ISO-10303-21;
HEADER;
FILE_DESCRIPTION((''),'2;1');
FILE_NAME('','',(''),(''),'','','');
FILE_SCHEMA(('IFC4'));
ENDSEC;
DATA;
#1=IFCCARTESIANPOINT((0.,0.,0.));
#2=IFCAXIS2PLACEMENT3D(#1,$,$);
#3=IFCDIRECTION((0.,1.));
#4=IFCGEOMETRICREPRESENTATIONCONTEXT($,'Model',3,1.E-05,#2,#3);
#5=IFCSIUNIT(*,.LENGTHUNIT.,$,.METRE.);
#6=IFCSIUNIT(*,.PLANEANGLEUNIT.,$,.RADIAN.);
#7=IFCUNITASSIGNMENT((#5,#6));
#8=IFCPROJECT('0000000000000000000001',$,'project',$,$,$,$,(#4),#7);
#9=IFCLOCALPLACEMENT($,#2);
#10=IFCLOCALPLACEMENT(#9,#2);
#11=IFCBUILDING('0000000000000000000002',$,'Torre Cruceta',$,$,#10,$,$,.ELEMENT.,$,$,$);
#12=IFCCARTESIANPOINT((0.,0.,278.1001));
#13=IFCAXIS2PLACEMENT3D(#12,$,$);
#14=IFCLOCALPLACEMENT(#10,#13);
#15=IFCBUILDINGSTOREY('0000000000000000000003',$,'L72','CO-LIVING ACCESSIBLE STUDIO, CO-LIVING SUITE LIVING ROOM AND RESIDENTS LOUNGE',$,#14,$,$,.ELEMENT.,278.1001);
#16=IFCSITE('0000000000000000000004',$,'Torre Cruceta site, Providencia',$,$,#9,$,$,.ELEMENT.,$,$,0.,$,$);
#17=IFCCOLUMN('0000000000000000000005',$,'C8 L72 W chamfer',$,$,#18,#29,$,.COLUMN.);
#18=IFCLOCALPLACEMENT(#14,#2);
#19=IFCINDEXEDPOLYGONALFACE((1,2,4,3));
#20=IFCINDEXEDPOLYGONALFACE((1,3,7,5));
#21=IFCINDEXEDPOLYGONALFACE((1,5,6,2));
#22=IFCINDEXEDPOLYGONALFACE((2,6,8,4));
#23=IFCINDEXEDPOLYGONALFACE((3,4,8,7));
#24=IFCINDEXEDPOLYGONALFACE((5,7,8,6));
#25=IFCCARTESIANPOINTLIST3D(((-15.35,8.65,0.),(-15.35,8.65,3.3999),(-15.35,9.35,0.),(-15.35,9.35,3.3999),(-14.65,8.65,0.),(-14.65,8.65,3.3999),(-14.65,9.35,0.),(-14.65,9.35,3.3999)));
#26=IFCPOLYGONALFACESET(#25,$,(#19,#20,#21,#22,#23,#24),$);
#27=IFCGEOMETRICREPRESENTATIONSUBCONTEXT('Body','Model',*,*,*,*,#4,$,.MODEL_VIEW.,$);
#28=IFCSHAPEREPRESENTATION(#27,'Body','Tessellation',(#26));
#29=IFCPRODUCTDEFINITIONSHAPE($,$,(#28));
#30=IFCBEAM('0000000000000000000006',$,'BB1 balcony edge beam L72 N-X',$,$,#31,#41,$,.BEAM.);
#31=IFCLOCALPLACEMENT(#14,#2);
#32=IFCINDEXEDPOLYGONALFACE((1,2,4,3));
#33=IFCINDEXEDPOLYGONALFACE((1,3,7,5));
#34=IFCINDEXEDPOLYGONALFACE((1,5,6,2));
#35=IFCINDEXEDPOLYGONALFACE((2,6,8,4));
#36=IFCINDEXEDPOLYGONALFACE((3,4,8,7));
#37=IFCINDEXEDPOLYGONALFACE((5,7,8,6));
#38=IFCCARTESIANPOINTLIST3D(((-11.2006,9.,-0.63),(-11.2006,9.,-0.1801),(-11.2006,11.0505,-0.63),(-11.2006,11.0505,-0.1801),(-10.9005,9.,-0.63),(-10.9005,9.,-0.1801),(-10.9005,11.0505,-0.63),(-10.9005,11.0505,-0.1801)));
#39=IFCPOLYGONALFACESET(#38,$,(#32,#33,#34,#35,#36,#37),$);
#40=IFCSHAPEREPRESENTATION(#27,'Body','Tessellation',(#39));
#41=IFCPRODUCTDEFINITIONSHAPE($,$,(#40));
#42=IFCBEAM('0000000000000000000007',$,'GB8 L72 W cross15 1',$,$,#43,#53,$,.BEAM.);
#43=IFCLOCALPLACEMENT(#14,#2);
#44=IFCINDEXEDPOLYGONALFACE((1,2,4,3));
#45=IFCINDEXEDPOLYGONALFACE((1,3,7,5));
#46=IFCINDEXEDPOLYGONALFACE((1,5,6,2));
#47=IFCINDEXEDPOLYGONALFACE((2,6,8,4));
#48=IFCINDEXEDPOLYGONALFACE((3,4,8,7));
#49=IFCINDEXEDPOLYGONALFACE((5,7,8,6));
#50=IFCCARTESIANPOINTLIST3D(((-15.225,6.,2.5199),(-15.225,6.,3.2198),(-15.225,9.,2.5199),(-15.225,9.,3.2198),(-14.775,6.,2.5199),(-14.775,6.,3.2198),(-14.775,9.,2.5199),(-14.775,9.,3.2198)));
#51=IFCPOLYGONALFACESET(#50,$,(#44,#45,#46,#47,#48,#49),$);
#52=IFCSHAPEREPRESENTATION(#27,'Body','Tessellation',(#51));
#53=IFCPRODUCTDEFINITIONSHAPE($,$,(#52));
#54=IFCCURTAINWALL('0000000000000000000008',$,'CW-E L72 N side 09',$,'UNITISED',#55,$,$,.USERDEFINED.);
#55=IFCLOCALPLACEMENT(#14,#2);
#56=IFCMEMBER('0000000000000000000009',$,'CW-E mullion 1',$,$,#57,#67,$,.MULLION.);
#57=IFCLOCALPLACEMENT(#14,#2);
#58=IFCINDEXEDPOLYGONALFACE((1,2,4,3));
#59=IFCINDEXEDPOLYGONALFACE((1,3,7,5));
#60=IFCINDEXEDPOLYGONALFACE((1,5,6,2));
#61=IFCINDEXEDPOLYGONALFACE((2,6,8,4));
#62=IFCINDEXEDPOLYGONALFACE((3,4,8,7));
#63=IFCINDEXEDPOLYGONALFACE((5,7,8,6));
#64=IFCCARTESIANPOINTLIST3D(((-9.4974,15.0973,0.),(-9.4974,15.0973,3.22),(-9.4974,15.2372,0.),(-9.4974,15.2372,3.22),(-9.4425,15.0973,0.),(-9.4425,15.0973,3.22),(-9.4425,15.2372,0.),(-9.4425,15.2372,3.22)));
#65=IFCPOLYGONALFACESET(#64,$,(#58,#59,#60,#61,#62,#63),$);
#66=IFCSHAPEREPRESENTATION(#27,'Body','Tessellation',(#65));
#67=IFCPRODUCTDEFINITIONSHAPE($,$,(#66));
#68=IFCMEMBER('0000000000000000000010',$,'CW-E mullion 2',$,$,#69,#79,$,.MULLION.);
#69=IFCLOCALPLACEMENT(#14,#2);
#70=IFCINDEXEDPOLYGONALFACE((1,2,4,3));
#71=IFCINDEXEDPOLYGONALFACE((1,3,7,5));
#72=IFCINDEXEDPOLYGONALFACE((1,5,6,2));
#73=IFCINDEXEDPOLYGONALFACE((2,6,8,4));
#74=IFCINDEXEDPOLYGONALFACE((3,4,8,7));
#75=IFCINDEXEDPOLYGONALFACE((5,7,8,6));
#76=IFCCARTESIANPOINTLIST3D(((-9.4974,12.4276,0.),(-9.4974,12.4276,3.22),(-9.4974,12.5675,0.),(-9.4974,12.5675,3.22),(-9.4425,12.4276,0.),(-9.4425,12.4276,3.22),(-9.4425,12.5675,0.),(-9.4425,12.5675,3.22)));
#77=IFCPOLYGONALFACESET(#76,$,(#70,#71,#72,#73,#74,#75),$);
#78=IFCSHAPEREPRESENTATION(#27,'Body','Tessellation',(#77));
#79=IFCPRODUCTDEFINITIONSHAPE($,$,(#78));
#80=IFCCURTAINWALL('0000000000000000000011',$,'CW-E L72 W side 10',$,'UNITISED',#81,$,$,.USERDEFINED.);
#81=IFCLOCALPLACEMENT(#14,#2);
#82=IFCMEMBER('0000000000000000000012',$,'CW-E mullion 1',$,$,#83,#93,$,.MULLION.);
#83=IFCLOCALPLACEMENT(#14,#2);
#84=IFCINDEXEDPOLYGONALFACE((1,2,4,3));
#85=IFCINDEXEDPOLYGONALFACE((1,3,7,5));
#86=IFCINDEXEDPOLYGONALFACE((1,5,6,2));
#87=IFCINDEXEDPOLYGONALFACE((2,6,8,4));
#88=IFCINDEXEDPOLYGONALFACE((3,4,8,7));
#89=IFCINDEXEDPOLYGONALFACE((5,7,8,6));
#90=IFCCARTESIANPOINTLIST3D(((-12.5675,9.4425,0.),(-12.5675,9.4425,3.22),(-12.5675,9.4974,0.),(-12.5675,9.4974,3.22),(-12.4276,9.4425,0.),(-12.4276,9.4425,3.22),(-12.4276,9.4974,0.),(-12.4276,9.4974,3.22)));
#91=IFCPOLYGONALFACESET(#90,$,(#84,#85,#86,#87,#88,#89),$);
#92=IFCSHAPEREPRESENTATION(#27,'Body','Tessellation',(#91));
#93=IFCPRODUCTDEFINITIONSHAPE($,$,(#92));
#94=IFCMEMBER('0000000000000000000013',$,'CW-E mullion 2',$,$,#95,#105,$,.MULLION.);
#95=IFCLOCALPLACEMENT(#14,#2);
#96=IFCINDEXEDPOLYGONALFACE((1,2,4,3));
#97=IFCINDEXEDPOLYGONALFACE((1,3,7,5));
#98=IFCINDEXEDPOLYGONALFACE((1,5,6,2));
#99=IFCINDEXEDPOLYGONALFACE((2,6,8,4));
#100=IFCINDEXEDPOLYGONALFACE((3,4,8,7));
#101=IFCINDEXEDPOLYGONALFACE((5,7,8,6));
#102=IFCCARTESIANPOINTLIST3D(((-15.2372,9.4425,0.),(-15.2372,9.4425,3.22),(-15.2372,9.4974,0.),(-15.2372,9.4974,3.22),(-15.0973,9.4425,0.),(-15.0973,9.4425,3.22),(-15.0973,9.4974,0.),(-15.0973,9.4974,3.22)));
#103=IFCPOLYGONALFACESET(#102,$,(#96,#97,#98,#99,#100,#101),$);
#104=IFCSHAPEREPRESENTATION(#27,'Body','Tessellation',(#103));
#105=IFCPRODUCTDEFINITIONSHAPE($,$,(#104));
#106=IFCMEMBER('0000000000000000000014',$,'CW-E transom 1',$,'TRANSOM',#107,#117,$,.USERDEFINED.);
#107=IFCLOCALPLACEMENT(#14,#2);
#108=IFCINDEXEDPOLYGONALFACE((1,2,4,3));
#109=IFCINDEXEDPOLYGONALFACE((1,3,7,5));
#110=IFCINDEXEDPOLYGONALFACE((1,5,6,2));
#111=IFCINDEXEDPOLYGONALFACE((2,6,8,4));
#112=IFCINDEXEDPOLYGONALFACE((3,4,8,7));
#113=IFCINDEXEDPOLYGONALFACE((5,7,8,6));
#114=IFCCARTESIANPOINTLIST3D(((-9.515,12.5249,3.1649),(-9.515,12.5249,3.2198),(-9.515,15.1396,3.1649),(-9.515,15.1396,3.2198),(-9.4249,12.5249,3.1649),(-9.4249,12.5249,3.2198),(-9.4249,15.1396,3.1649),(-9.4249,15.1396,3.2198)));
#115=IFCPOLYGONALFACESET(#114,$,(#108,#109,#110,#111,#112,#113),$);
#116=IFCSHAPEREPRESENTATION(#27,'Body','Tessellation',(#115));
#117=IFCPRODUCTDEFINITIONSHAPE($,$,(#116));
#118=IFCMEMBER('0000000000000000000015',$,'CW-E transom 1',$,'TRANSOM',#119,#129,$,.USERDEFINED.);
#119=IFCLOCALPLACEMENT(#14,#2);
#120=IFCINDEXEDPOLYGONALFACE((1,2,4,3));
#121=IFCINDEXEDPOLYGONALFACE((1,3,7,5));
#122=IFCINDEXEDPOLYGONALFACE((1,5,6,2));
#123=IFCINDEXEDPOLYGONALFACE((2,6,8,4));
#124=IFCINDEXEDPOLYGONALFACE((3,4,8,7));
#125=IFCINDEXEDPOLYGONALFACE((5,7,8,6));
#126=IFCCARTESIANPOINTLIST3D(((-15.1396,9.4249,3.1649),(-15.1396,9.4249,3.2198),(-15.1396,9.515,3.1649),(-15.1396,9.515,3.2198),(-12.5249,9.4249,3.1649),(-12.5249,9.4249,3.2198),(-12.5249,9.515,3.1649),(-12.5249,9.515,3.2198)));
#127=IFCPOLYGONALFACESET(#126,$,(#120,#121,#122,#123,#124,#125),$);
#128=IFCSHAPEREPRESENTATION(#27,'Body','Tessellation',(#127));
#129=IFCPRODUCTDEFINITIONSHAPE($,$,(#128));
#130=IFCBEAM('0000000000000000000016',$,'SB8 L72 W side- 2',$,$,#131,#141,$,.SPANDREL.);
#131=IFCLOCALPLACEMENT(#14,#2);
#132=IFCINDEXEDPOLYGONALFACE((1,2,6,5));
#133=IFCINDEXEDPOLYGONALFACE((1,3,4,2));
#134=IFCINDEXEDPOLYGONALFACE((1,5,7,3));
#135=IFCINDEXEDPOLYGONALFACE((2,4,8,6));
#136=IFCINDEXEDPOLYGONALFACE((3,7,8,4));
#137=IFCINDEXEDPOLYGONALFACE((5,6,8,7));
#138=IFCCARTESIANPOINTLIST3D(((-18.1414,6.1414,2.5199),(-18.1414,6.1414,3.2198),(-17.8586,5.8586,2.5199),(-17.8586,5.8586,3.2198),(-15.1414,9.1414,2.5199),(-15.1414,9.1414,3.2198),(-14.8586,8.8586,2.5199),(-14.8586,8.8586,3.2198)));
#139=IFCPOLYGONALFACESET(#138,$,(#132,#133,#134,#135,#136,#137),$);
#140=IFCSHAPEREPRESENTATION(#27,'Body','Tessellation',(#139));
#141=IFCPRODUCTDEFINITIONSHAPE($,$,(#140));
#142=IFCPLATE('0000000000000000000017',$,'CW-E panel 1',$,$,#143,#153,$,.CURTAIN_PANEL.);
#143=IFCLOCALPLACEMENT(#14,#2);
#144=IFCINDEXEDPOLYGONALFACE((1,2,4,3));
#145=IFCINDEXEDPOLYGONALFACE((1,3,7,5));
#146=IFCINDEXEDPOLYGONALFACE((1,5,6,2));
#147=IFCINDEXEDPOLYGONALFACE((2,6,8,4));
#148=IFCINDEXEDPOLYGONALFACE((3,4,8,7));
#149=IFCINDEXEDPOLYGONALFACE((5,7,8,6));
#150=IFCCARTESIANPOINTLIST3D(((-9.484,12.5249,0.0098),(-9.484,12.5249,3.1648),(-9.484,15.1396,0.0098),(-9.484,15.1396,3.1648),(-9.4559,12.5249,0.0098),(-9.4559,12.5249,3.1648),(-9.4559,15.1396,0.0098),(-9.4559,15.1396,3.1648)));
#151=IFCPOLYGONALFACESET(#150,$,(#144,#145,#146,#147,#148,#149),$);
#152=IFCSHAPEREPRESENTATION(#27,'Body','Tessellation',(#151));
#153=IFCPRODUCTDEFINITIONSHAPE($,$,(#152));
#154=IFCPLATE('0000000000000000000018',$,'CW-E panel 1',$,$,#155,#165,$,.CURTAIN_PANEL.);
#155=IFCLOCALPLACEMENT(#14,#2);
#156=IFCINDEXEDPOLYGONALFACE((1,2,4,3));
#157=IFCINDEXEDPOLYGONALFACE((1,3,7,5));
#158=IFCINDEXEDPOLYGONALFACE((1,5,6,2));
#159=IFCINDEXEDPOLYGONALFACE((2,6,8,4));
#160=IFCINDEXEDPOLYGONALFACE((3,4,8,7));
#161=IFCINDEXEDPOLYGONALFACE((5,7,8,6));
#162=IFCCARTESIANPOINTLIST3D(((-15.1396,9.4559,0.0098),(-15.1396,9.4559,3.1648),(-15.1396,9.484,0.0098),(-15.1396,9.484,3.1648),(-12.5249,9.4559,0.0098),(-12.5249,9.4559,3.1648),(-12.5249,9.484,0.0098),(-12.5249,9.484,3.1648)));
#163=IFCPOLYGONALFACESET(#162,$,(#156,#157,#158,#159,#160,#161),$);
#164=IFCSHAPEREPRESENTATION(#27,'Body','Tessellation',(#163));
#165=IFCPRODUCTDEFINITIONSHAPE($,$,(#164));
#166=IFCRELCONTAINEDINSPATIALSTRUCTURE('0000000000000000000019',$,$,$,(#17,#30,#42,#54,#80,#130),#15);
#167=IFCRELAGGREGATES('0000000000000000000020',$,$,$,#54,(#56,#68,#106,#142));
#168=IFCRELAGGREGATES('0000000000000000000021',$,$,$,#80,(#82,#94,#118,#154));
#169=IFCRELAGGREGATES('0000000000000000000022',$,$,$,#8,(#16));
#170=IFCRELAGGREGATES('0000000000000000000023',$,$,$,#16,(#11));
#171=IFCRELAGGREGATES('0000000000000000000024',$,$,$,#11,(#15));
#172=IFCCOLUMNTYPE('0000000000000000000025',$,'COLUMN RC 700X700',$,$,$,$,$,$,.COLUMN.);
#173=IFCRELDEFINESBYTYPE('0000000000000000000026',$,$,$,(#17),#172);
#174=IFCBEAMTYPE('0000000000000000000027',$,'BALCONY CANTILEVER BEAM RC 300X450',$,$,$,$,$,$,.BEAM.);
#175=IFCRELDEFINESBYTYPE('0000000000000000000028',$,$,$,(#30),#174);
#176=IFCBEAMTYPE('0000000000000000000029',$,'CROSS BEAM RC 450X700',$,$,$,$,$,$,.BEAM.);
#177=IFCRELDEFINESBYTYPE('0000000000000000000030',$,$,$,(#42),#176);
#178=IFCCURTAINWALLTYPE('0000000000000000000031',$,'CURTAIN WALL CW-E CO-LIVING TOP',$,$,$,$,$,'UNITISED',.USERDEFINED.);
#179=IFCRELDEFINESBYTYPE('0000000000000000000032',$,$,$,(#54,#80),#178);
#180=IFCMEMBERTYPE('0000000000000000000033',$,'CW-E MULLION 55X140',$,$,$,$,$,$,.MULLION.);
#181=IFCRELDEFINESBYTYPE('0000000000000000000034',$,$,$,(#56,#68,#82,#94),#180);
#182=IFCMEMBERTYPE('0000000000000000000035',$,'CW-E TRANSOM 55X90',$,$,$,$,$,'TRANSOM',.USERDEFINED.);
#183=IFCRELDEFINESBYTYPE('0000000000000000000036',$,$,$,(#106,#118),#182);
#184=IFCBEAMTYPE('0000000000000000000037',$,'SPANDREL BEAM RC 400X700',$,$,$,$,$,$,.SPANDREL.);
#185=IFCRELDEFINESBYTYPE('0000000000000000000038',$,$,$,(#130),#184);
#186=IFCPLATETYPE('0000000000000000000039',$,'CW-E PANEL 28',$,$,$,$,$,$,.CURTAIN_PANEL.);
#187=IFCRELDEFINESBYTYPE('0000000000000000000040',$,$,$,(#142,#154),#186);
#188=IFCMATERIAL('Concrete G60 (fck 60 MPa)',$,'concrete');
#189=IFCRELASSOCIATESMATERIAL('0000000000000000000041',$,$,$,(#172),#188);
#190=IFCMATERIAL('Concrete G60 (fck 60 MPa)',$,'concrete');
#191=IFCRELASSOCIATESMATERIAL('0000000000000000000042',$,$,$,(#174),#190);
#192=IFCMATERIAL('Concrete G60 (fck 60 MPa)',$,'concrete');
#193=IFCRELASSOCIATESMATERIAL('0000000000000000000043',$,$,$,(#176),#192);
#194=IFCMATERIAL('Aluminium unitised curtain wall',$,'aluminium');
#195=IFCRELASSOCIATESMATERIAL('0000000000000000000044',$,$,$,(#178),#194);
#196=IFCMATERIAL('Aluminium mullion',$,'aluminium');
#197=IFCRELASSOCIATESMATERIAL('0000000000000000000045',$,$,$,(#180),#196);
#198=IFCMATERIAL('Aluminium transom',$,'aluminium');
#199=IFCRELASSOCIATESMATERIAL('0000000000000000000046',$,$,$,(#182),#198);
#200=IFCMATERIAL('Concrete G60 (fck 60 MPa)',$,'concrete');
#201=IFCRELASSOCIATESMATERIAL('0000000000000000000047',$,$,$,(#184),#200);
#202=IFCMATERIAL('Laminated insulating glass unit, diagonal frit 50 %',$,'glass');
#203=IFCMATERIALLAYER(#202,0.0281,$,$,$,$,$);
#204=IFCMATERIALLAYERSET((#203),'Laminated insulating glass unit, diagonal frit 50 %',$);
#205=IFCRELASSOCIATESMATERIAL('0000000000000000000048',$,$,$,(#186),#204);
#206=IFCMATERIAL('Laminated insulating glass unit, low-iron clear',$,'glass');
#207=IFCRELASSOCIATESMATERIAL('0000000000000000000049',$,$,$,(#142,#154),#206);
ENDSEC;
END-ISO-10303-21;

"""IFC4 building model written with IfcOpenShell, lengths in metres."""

from ifc_helpers import new_model, si_unit, direction, frame, origin, origin_2d, place, context, subcontext, project, spatial, rectangle, extrude, material, layer, layer_set, material_profile, profile_set, type_object, element, aggregate, save


model = new_model("IFC4")

# Units and contexts
model_context = context("Model", 3, precision=1e-05, world=origin(), true_north=direction((0.0, 1.0)))
body_context = subcontext(model_context, "Body", "Model", "MODEL_VIEW")
ifc_project = project(units=[si_unit("LENGTHUNIT", "METRE"), si_unit("PLANEANGLEUNIT", "RADIAN")], contexts=[model_context])

# Site, building, storey
site_placement = place(None, origin())
site = spatial("IfcSite", under=ifc_project, at=site_placement, Name="Torre Cruceta site, Providencia", CompositionType="ELEMENT", RefElevation=0.0)
building_placement = place(site_placement, origin())
building = spatial("IfcBuilding", under=site, at=building_placement, Name="Torre Cruceta", CompositionType="ELEMENT")
storey_placement = place(building_placement, frame((0.0, 0.0, 278.1001)))
storey = spatial("IfcBuildingStorey", under=building, at=storey_placement, Name="L72", Description="CO-LIVING ACCESSIBLE STUDIO, CO-LIVING SUITE LIVING ROOM AND RESIDENTS LOUNGE", CompositionType="ELEMENT", Elevation=278.1001)

# Column
ifc_material_1 = material(Name="Concrete G60 (fck 60 MPa)", Category="concrete")
ifc_material_profile_1 = material_profile(ifc_material_1, rectangle(XDim=0.7, YDim=0.7, at=origin_2d()), Name="RC 700X700")
ifc_profile_set_1 = profile_set([ifc_material_profile_1], Name="Concrete G60 (fck 60 MPa)")
column_type = type_object("IfcColumnType", Name="COLUMN RC 700X700", PredefinedType="COLUMN", material=ifc_profile_set_1)
column_placement = place(storey_placement, frame((-15.0, 9.0, 0.0), z_axis=(0.0, 0.0, 1.0), x_axis=(1.0, 0.0, 0.0)))
element("IfcColumn", 1, at=column_placement, inside=storey, type_object=column_type, Name="C8 L72 W chamfer", PredefinedType="COLUMN", context=body_context, shape_type="SweptSolid", body=[
    extrude(rectangle(XDim=0.7, YDim=0.7, at=origin_2d()), origin(), (0.0, 0.0, 1.0), 3.3999),
])

# Beams
ifc_material_2 = material(Name="Concrete G60 (fck 60 MPa)", Category="concrete")
ifc_material_profile_2 = material_profile(ifc_material_2, rectangle(XDim=0.3, YDim=0.45, at=origin_2d()), Name="RC 300X450")
ifc_profile_set_2 = profile_set([ifc_material_profile_2], Name="Concrete G60 (fck 60 MPa)")
beam_type_1 = type_object("IfcBeamType", Name="BALCONY CANTILEVER BEAM RC 300X450", PredefinedType="BEAM", material=ifc_profile_set_2)
beam_1_placement = place(storey_placement, frame((-11.0505, 9.0, -0.405), z_axis=(0.0, 1.0, 0.0), x_axis=(-1.0, 0.0, 0.0)))
element("IfcBeam", 2, at=beam_1_placement, inside=storey, type_object=beam_type_1, Name="BB1 balcony edge beam L72 N-X", PredefinedType="BEAM", context=body_context, shape_type="SweptSolid", body=[
    extrude(rectangle(XDim=0.3, YDim=0.45, at=origin_2d()), origin(), (0.0, 0.0, 1.0), 2.0505),
])
ifc_material_3 = material(Name="Concrete G60 (fck 60 MPa)", Category="concrete")
ifc_material_profile_3 = material_profile(ifc_material_3, rectangle(XDim=0.45, YDim=0.7, at=origin_2d()), Name="RC 450X700")
ifc_profile_set_3 = profile_set([ifc_material_profile_3], Name="Concrete G60 (fck 60 MPa)")
beam_type_2 = type_object("IfcBeamType", Name="CROSS BEAM RC 450X700", PredefinedType="BEAM", material=ifc_profile_set_3)
beam_2_placement = place(storey_placement, frame((-15.0, 9.0, 2.8699), z_axis=(0.0, -1.0, 0.0), x_axis=(1.0, 0.0, 0.0)))
element("IfcBeam", 3, at=beam_2_placement, inside=storey, type_object=beam_type_2, Name="GB8 L72 W cross15 1", PredefinedType="BEAM", context=body_context, shape_type="SweptSolid", body=[
    extrude(rectangle(XDim=0.45, YDim=0.7, at=origin_2d()), origin(), (0.0, 0.0, 1.0), 3.0),
])

# Curtain walls, members
ifc_material_4 = material(Name="Aluminium unitised curtain wall", Category="aluminium")
curtain_wall_type = type_object("IfcCurtainWallType", Name="CURTAIN WALL CW-E CO-LIVING TOP", ElementType="UNITISED", PredefinedType="USERDEFINED", material=ifc_material_4)
curtain_wall_1_placement = place(storey_placement, origin())
curtain_wall_1 = element("IfcCurtainWall", 4, at=curtain_wall_1_placement, inside=storey, type_object=curtain_wall_type, Name="CW-E L72 N side 09", ObjectType="UNITISED", PredefinedType="USERDEFINED")
ifc_material_5 = material(Name="Aluminium mullion", Category="aluminium")
ifc_material_profile_4 = material_profile(ifc_material_5, rectangle(XDim=0.0549, YDim=0.1399, at=origin_2d()), Name="AL 55X140")
ifc_profile_set_4 = profile_set([ifc_material_profile_4], Name="Aluminium mullion")
member_type_1 = type_object("IfcMemberType", Name="CW-E MULLION 55X140", PredefinedType="MULLION", material=ifc_profile_set_4)
member_1_placement = place(storey_placement, frame((-9.47, 15.1672, 0.0), z_axis=(0.0, 0.0, 1.0), x_axis=(1.0, 0.0, 0.0)))
member_1 = element("IfcMember", 5, at=member_1_placement, type_object=member_type_1, Name="CW-E mullion 1", PredefinedType="MULLION", context=body_context, shape_type="SweptSolid", body=[
    extrude(rectangle(XDim=0.0549, YDim=0.1399, at=origin_2d()), origin(), (0.0, 0.0, 1.0), 3.22),
])
member_2_placement = place(storey_placement, frame((-9.47, 12.4976, 0.0), z_axis=(0.0, 0.0, 1.0), x_axis=(1.0, 0.0, 0.0)))
member_2 = element("IfcMember", 6, at=member_2_placement, type_object=member_type_1, Name="CW-E mullion 2", PredefinedType="MULLION", context=body_context, shape_type="SweptSolid", body=[
    extrude(rectangle(XDim=0.0549, YDim=0.1399, at=origin_2d()), origin(), (0.0, 0.0, 1.0), 3.22),
])
curtain_wall_2_placement = place(storey_placement, origin())
curtain_wall_2 = element("IfcCurtainWall", 7, at=curtain_wall_2_placement, inside=storey, type_object=curtain_wall_type, Name="CW-E L72 W side 10", ObjectType="UNITISED", PredefinedType="USERDEFINED")
member_3_placement = place(storey_placement, frame((-12.4976, 9.47, 0.0), z_axis=(0.0, 0.0, 1.0), x_axis=(0.0, -1.0, 0.0)))
member_3 = element("IfcMember", 8, at=member_3_placement, type_object=member_type_1, Name="CW-E mullion 1", PredefinedType="MULLION", context=body_context, shape_type="SweptSolid", body=[
    extrude(rectangle(XDim=0.0549, YDim=0.1399, at=origin_2d()), origin(), (0.0, 0.0, 1.0), 3.22),
])
member_4_placement = place(storey_placement, frame((-15.1672, 9.47, 0.0), z_axis=(0.0, 0.0, 1.0), x_axis=(0.0, -1.0, 0.0)))
member_4 = element("IfcMember", 9, at=member_4_placement, type_object=member_type_1, Name="CW-E mullion 2", PredefinedType="MULLION", context=body_context, shape_type="SweptSolid", body=[
    extrude(rectangle(XDim=0.0549, YDim=0.1399, at=origin_2d()), origin(), (0.0, 0.0, 1.0), 3.22),
])

# Members
ifc_material_6 = material(Name="Aluminium transom", Category="aluminium")
ifc_material_profile_5 = material_profile(ifc_material_6, rectangle(XDim=0.0901, YDim=0.0549, at=origin_2d()), Name="AL 90X55")
ifc_profile_set_5 = profile_set([ifc_material_profile_5], Name="Aluminium transom")
member_type_2 = type_object("IfcMemberType", Name="CW-E TRANSOM 55X90", ElementType="TRANSOM", PredefinedType="USERDEFINED", material=ifc_profile_set_5)
member_5_placement = place(storey_placement, frame((-9.47, 15.1396, 3.1924), z_axis=(0.0, -1.0, 0.0), x_axis=(1.0, 0.0, 0.0)))
member_5 = element("IfcMember", 10, at=member_5_placement, type_object=member_type_2, Name="CW-E transom 1", ObjectType="TRANSOM", PredefinedType="USERDEFINED", context=body_context, shape_type="SweptSolid", body=[
    extrude(rectangle(XDim=0.0901, YDim=0.0549, at=origin_2d()), origin(), (0.0, 0.0, 1.0), 2.6147),
])
member_6_placement = place(storey_placement, frame((-12.5249, 9.47, 3.1924), z_axis=(-1.0, 0.0, 0.0), x_axis=(0.0, -1.0, 0.0)))
member_6 = element("IfcMember", 11, at=member_6_placement, type_object=member_type_2, Name="CW-E transom 1", ObjectType="TRANSOM", PredefinedType="USERDEFINED", context=body_context, shape_type="SweptSolid", body=[
    extrude(rectangle(XDim=0.0901, YDim=0.0549, at=origin_2d()), origin(), (0.0, 0.0, 1.0), 2.6147),
])

# Beam
ifc_material_7 = material(Name="Concrete G60 (fck 60 MPa)", Category="concrete")
ifc_material_profile_6 = material_profile(ifc_material_7, rectangle(XDim=0.3999, YDim=0.7, at=origin_2d()), Name="RC 400X700")
ifc_profile_set_6 = profile_set([ifc_material_profile_6], Name="Concrete G60 (fck 60 MPa)")
beam_type_3 = type_object("IfcBeamType", Name="SPANDREL BEAM RC 400X700", PredefinedType="SPANDREL", material=ifc_profile_set_6)
beam_3_placement = place(storey_placement, frame((-15.0, 9.0, 2.8699), z_axis=(-0.707107, -0.707107, 0.0), x_axis=(0.707107, -0.707107, 0.0)))
element("IfcBeam", 12, at=beam_3_placement, inside=storey, type_object=beam_type_3, Name="SB8 L72 W side- 2", PredefinedType="SPANDREL", context=body_context, shape_type="SweptSolid", body=[
    extrude(rectangle(XDim=0.3999, YDim=0.7, at=origin_2d()), origin(), (0.0, 0.0, 1.0), 4.2427),
])

# Plates
ifc_material_8 = material(Name="Laminated insulating glass unit, low-iron clear", Category="glass")
ifc_material_9 = material(Name="Laminated insulating glass unit, diagonal frit 50 %", Category="glass")
ifc_layer_1 = layer(ifc_material_9, 0.0281)
ifc_layer_set_1 = layer_set([ifc_layer_1], Name="Laminated insulating glass unit, diagonal frit 50 %")
plate_type = type_object("IfcPlateType", Name="CW-E PANEL 28", PredefinedType="CURTAIN_PANEL", material=ifc_layer_set_1)
plate_1_placement = place(storey_placement, frame((-9.47, 13.8323, 0.0098), z_axis=(0.0, 0.0, 1.0), x_axis=(0.0, -1.0, 0.0)))
plate_1 = element("IfcPlate", 13, at=plate_1_placement, type_object=plate_type, material=ifc_material_8, Name="CW-E panel 1", PredefinedType="CURTAIN_PANEL", context=body_context, shape_type="SweptSolid", body=[
    extrude(rectangle(XDim=2.6147, YDim=0.0281, at=origin_2d()), origin(), (0.0, 0.0, 1.0), 3.155),
])
aggregate(curtain_wall_1, [member_1, member_2, member_5, plate_1])
plate_2_placement = place(storey_placement, frame((-13.8323, 9.47, 0.0098), z_axis=(0.0, 0.0, 1.0), x_axis=(-1.0, 0.0, 0.0)))
plate_2 = element("IfcPlate", 14, at=plate_2_placement, type_object=plate_type, material=ifc_material_8, Name="CW-E panel 1", PredefinedType="CURTAIN_PANEL", context=body_context, shape_type="SweptSolid", body=[
    extrude(rectangle(XDim=2.6147, YDim=0.0281, at=origin_2d()), origin(), (0.0, 0.0, 1.0), 3.155),
])
aggregate(curtain_wall_2, [member_3, member_4, member_6, plate_2])

save(model, "model.ifc")
